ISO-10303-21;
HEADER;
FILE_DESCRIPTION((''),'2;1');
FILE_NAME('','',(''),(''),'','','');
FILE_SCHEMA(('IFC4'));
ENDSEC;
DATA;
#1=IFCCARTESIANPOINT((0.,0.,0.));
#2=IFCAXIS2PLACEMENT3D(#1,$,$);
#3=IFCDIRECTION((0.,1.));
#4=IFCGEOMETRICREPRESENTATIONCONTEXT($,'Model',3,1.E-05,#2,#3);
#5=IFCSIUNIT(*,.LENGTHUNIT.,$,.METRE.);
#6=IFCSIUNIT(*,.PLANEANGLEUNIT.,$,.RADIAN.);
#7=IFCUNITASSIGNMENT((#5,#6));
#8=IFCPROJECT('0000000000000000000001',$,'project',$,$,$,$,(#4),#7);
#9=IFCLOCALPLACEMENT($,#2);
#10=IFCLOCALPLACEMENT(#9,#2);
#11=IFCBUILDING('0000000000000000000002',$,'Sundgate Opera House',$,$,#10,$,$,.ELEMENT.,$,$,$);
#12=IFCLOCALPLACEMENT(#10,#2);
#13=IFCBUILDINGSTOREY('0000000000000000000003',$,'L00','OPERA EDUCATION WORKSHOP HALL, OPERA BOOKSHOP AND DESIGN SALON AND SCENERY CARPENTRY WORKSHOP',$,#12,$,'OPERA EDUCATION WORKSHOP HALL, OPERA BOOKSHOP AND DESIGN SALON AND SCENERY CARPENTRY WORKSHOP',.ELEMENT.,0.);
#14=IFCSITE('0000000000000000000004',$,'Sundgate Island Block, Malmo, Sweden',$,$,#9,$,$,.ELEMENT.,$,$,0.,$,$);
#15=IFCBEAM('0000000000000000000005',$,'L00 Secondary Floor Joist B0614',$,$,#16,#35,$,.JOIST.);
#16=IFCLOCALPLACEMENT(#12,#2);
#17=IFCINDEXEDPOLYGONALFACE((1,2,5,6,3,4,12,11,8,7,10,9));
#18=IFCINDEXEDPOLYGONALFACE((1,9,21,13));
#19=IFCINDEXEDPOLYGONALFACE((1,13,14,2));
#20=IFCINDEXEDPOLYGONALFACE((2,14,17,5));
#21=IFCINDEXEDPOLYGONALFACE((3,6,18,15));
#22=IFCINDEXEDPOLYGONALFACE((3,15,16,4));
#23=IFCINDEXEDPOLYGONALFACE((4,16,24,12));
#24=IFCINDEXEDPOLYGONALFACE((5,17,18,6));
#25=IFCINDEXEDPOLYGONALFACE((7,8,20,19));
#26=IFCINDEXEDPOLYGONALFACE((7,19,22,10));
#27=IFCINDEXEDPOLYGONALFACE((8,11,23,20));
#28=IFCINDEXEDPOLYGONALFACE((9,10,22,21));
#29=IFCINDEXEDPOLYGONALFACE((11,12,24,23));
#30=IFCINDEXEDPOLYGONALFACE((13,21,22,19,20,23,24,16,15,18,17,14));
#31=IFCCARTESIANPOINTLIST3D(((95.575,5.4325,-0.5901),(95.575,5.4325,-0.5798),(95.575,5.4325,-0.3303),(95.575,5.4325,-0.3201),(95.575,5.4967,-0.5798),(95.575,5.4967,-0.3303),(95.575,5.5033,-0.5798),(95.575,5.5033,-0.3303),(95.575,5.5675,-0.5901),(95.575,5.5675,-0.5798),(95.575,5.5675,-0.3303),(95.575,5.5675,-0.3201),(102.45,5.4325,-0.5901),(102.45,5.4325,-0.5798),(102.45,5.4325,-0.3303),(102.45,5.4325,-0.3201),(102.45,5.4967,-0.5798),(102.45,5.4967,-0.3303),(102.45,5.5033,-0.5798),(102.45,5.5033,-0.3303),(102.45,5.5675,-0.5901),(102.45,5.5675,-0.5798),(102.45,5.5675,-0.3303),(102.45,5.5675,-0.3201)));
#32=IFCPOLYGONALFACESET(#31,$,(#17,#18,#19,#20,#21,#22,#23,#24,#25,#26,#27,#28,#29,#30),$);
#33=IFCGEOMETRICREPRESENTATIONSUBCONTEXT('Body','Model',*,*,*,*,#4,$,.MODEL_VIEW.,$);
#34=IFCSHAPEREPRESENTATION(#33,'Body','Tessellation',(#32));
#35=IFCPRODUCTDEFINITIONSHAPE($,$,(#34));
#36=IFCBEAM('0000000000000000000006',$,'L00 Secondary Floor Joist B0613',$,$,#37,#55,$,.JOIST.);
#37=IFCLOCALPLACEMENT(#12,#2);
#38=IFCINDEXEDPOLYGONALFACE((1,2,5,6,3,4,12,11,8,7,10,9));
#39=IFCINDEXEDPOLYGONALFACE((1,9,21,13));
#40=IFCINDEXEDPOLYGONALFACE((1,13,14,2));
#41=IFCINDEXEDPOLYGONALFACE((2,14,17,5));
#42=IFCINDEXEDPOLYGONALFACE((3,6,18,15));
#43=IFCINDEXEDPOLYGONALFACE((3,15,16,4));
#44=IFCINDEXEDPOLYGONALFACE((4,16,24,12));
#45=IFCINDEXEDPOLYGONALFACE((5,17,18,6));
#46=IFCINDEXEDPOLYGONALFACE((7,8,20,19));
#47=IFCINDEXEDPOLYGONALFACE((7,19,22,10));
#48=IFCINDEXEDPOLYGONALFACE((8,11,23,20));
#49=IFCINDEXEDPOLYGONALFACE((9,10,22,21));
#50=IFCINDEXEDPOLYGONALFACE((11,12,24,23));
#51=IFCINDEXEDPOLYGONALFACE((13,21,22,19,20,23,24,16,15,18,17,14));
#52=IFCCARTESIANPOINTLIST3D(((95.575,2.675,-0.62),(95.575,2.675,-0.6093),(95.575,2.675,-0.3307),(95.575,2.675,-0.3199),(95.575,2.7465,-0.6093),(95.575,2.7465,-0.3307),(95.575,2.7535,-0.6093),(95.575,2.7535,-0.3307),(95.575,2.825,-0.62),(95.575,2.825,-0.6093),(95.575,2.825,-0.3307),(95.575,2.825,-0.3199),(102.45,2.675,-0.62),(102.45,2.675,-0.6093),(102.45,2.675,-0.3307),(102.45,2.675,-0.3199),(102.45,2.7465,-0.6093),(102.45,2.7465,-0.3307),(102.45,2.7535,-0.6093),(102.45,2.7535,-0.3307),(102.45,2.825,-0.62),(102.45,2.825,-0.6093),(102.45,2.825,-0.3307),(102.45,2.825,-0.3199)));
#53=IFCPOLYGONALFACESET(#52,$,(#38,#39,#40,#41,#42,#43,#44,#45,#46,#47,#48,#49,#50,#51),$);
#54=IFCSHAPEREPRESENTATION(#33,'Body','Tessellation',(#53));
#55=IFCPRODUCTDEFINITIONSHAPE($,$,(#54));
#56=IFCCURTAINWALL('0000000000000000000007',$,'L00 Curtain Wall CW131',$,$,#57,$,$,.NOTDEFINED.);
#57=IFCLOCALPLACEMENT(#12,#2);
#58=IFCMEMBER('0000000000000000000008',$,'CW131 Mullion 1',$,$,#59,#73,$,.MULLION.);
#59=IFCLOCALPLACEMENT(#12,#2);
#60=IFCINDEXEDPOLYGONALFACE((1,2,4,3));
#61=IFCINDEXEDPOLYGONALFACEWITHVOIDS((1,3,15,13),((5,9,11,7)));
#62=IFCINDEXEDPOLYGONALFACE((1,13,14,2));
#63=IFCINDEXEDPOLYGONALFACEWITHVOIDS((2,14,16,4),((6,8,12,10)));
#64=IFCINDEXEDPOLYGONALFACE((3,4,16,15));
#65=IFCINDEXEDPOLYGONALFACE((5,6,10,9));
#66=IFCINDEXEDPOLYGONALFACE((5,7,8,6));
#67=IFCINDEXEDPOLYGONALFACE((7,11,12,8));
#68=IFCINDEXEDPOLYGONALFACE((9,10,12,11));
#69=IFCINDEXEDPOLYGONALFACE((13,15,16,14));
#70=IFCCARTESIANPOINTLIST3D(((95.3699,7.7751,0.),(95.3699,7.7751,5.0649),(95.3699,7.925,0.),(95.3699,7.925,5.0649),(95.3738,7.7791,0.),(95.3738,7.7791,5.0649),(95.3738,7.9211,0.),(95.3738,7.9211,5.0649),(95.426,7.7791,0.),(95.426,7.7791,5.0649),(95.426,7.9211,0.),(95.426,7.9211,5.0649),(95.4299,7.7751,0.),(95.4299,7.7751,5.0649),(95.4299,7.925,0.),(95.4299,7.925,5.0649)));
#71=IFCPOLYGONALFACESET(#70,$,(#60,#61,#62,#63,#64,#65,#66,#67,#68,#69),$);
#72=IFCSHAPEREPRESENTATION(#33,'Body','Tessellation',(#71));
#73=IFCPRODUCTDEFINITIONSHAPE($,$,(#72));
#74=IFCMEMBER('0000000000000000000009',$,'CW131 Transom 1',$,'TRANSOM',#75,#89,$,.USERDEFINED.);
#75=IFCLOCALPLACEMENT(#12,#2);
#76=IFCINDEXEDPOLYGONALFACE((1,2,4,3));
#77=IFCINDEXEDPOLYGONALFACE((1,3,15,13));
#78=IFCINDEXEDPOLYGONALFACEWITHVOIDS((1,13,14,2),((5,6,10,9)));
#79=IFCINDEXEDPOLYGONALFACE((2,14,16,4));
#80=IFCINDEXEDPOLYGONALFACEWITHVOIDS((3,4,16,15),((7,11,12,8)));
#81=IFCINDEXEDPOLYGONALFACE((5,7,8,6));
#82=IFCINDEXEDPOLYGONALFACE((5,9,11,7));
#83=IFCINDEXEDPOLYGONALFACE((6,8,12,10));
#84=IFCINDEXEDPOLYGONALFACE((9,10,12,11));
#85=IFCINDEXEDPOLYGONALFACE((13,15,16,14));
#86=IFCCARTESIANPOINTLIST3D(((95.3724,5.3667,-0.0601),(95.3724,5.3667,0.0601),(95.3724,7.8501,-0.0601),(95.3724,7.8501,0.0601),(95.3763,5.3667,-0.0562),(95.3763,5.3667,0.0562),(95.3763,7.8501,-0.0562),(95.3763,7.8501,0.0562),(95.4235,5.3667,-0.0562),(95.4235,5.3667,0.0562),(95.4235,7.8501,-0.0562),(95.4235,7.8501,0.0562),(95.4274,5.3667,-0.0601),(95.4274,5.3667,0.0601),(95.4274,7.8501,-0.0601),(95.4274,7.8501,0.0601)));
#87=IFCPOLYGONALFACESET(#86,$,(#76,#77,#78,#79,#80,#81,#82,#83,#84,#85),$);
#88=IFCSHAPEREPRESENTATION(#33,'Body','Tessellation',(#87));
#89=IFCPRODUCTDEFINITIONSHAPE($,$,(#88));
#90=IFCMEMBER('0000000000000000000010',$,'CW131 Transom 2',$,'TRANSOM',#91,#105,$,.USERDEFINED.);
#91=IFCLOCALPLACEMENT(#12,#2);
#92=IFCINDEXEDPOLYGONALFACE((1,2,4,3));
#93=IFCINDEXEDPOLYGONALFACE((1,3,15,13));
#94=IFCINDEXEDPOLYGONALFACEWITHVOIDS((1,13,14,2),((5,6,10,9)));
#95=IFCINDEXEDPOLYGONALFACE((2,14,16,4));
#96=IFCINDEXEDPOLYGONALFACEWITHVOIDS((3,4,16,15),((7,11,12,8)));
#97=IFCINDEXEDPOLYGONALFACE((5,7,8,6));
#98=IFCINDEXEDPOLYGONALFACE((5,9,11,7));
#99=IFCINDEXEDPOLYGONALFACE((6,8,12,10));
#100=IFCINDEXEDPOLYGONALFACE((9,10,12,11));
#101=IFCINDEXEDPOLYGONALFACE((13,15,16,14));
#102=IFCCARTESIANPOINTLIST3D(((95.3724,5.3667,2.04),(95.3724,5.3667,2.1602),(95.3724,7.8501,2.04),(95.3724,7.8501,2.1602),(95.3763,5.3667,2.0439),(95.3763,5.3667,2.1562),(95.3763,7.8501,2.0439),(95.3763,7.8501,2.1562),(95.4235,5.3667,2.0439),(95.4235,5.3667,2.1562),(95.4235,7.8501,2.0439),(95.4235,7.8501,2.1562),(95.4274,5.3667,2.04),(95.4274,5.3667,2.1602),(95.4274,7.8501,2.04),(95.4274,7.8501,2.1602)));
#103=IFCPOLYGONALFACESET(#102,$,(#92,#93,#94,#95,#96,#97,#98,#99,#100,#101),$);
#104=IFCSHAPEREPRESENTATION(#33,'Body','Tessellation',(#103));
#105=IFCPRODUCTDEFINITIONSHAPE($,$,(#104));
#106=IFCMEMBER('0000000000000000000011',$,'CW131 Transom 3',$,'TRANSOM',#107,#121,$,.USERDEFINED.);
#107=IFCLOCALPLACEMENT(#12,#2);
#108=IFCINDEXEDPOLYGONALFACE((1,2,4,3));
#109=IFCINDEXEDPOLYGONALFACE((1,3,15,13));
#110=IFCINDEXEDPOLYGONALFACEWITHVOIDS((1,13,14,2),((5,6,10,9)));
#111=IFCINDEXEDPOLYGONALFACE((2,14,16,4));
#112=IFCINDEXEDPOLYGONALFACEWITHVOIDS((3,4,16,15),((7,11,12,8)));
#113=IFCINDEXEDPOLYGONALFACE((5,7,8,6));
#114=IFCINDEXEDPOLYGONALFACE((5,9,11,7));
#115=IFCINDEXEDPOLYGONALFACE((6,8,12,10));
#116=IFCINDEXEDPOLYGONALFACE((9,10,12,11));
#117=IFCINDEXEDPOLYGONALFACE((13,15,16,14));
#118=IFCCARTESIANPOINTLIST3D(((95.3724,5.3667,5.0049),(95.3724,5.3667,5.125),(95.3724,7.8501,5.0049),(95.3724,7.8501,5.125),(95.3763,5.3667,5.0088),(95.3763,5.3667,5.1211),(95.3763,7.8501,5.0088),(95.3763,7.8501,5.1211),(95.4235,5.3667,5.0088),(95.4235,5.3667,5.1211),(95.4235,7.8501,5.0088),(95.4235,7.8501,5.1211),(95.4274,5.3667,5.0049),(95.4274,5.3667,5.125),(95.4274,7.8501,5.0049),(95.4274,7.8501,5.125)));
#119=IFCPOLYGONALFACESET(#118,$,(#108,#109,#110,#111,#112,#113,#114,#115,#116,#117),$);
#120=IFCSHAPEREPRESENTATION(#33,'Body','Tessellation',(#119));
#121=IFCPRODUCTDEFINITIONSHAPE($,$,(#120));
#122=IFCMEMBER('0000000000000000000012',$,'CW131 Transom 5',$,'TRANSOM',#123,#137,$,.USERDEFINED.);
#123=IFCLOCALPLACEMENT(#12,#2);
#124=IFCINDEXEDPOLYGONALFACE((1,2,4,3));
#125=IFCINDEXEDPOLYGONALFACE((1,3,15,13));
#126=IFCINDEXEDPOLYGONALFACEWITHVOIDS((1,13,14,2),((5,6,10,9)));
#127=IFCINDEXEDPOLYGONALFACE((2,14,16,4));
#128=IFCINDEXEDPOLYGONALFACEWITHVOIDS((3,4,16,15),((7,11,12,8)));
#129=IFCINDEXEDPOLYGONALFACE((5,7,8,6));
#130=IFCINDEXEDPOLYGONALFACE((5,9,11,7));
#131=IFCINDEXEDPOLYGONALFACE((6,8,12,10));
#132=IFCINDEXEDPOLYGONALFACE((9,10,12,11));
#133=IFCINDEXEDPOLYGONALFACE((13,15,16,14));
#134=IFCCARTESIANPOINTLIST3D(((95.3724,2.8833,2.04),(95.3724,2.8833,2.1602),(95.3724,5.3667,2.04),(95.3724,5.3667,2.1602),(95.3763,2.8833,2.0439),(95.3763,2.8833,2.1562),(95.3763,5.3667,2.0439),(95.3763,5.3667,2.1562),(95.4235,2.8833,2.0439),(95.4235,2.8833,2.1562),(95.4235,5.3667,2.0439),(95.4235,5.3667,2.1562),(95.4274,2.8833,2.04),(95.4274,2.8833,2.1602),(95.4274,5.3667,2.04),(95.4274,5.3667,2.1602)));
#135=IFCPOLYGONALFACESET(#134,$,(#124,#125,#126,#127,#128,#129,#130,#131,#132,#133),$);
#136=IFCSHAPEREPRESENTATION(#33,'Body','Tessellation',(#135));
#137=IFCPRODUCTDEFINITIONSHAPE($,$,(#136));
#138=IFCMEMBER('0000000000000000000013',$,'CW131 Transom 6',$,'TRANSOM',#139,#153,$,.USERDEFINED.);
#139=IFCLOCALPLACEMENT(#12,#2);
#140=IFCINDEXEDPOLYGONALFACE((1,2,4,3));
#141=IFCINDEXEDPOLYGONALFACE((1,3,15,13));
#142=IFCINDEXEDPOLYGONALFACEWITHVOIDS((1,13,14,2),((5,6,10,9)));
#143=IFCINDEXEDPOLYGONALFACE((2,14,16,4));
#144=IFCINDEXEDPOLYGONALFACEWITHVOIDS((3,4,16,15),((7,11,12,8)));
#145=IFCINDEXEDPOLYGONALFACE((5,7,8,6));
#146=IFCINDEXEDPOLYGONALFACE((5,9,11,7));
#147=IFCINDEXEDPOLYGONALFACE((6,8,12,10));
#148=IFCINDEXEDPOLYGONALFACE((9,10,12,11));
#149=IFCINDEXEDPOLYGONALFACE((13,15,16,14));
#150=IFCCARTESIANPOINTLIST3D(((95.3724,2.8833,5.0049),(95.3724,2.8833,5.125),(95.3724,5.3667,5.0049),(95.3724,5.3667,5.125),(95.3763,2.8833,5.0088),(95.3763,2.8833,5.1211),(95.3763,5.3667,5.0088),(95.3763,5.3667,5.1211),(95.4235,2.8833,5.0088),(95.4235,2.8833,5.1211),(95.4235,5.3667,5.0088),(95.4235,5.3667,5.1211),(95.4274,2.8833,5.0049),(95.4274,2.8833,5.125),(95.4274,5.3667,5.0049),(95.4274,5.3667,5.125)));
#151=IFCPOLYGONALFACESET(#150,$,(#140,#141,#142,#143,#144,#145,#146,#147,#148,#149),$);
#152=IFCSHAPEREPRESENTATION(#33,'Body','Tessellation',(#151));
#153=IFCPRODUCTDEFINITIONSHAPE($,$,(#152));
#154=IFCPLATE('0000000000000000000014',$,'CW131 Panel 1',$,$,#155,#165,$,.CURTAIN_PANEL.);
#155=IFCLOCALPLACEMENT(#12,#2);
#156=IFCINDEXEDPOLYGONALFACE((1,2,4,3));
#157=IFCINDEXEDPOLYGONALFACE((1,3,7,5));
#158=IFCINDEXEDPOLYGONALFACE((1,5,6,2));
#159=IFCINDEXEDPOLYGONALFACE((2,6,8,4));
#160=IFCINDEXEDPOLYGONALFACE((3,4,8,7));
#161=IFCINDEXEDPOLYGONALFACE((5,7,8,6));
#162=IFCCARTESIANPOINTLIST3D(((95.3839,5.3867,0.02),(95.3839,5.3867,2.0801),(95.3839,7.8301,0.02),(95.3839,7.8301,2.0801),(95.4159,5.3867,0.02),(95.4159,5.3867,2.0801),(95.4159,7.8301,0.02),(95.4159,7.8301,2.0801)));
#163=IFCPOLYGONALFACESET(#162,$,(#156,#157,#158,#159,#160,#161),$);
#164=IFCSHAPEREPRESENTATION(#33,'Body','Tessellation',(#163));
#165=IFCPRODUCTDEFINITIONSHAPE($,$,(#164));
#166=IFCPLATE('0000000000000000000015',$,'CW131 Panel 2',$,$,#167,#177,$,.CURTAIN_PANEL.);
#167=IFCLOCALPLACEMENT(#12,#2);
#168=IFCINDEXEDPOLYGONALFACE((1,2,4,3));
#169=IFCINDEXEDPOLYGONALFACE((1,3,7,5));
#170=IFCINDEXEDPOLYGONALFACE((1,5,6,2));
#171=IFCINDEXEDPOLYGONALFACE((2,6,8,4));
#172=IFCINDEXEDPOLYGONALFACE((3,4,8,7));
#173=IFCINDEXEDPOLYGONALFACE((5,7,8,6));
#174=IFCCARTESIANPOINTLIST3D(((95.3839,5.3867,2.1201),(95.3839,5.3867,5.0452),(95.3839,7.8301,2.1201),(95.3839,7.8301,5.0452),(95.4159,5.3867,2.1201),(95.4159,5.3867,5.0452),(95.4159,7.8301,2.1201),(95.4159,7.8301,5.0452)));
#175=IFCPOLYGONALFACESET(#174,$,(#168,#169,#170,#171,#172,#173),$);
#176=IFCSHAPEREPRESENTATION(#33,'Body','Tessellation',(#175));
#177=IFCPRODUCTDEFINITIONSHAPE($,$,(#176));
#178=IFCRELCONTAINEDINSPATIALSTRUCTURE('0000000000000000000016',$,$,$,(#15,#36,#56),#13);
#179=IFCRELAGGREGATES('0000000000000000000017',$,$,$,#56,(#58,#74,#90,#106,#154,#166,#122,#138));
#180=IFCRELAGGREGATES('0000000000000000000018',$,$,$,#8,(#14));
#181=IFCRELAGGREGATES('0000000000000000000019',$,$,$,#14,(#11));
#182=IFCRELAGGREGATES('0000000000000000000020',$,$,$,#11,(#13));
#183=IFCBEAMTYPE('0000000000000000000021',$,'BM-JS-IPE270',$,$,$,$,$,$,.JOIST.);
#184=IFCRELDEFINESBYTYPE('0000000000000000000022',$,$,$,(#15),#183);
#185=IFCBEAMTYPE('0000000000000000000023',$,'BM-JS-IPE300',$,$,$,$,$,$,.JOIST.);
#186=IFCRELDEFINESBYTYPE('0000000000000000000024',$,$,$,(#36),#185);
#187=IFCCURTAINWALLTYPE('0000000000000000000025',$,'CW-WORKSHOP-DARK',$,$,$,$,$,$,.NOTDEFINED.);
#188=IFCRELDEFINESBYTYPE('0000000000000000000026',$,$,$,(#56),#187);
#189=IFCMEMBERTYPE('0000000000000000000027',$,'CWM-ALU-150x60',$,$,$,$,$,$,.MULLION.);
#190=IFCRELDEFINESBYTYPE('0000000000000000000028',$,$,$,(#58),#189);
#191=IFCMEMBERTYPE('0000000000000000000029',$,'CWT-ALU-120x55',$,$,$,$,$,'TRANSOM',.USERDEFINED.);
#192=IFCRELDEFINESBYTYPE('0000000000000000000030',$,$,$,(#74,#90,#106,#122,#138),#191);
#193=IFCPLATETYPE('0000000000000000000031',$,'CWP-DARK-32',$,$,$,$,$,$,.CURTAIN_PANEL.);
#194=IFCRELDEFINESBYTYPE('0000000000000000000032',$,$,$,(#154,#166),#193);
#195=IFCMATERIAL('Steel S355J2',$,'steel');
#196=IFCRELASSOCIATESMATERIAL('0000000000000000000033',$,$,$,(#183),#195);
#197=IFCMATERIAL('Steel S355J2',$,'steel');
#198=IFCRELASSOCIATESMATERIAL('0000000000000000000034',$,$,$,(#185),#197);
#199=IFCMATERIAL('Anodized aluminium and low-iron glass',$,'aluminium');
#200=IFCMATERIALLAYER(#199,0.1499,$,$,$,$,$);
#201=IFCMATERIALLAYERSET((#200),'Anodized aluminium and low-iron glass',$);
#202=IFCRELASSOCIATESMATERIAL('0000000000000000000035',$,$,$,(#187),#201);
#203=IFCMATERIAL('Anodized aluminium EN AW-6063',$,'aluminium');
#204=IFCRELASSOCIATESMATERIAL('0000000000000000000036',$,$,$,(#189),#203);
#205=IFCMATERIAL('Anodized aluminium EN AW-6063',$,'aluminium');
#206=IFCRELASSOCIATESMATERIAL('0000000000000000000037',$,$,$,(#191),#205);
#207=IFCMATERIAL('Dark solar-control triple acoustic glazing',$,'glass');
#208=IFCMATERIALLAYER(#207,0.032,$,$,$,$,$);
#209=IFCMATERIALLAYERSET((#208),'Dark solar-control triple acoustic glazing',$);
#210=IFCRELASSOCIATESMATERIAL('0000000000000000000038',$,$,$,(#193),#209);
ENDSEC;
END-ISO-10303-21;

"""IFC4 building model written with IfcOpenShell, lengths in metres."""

from ifc_helpers import new_model, si_unit, direction, frame, origin, origin_2d, place, context, subcontext, project, spatial, rectangle, hollow_rectangle, i_section, extrude, material, layer, layer_set, material_profile, profile_set, type_object, element, aggregate, save


model = new_model("IFC4")

# Units and contexts
model_context = context("Model", 3, precision=1e-05, world=origin(), true_north=direction((0.0, 1.0)))
body_context = subcontext(model_context, "Body", "Model", "MODEL_VIEW")
ifc_project = project(units=[si_unit("LENGTHUNIT", "METRE"), si_unit("PLANEANGLEUNIT", "RADIAN")], contexts=[model_context])

# Site, building, storey
site_placement = place(None, origin())
site = spatial("IfcSite", under=ifc_project, at=site_placement, Name="Sundgate Island Block, Malmo, Sweden", CompositionType="ELEMENT", RefElevation=0.0)
building_placement = place(site_placement, origin())
building = spatial("IfcBuilding", under=site, at=building_placement, Name="Sundgate Opera House", CompositionType="ELEMENT")
storey_placement = place(building_placement, origin())
storey = spatial("IfcBuildingStorey", under=building, at=storey_placement, Name="L00", Description="OPERA EDUCATION WORKSHOP HALL, OPERA BOOKSHOP AND DESIGN SALON AND SCENERY CARPENTRY WORKSHOP", LongName="OPERA EDUCATION WORKSHOP HALL, OPERA BOOKSHOP AND DESIGN SALON AND SCENERY CARPENTRY WORKSHOP", CompositionType="ELEMENT", Elevation=0.0)

# Beams
ifc_material_1 = material(Name="Steel S355J2", Category="steel")
ifc_material_profile_1 = material_profile(ifc_material_1, i_section(OverallWidth=0.135, OverallDepth=0.27, WebThickness=0.0066, FlangeThickness=0.0103, at=origin_2d()), Name="IPE 270")
ifc_profile_set_1 = profile_set([ifc_material_profile_1], Name="Steel S355J2")
beam_type_1 = type_object("IfcBeamType", Name="BM-JS-IPE270", PredefinedType="JOIST", material=ifc_profile_set_1)
beam_1_placement = place(storey_placement, frame((95.575, 5.5, -0.4551), z_axis=(1.0, 0.0, 0.0), x_axis=(0.0, 1.0, 0.0)))
element("IfcBeam", 1, at=beam_1_placement, inside=storey, type_object=beam_type_1, Name="L00 Secondary Floor Joist B0614", PredefinedType="JOIST", context=body_context, shape_type="SweptSolid", body=[
    extrude(i_section(OverallWidth=0.135, OverallDepth=0.27, WebThickness=0.0066, FlangeThickness=0.0103, at=origin_2d()), origin(), (0.0, 0.0, 1.0), 6.875),
])
ifc_material_2 = material(Name="Steel S355J2", Category="steel")
ifc_material_profile_2 = material_profile(ifc_material_2, i_section(OverallWidth=0.1499, OverallDepth=0.3, WebThickness=0.0071, FlangeThickness=0.0107, at=origin_2d()), Name="IPE 300")
ifc_profile_set_2 = profile_set([ifc_material_profile_2], Name="Steel S355J2")
beam_type_2 = type_object("IfcBeamType", Name="BM-JS-IPE300", PredefinedType="JOIST", material=ifc_profile_set_2)
beam_2_placement = place(storey_placement, frame((95.575, 2.75, -0.47), z_axis=(1.0, 0.0, 0.0), x_axis=(0.0, 1.0, 0.0)))
element("IfcBeam", 2, at=beam_2_placement, inside=storey, type_object=beam_type_2, Name="L00 Secondary Floor Joist B0613", PredefinedType="JOIST", context=body_context, shape_type="SweptSolid", body=[
    extrude(i_section(OverallWidth=0.1499, OverallDepth=0.3, WebThickness=0.0071, FlangeThickness=0.0107, at=origin_2d()), origin(), (0.0, 0.0, 1.0), 6.875),
])

# Curtain wall, members, plates
ifc_material_3 = material(Name="Anodized aluminium and low-iron glass", Category="aluminium")
ifc_layer_1 = layer(ifc_material_3, 0.1499)
ifc_layer_set_1 = layer_set([ifc_layer_1], Name="Anodized aluminium and low-iron glass")
curtain_wall_type = type_object("IfcCurtainWallType", Name="CW-WORKSHOP-DARK", PredefinedType="NOTDEFINED", material=ifc_layer_set_1)
curtain_wall_placement = place(storey_placement, origin())
curtain_wall = element("IfcCurtainWall", 3, at=curtain_wall_placement, inside=storey, type_object=curtain_wall_type, Name="L00 Curtain Wall CW131", PredefinedType="NOTDEFINED")
ifc_material_4 = material(Name="Anodized aluminium EN AW-6063", Category="aluminium")
ifc_material_profile_3 = material_profile(ifc_material_4, hollow_rectangle(XDim=0.0601, YDim=0.1499, WallThickness=0.0039, at=origin_2d()), Name="CWM 150x60x4")
ifc_profile_set_3 = profile_set([ifc_material_profile_3], Name="Anodized aluminium EN AW-6063")
member_type_1 = type_object("IfcMemberType", Name="CWM-ALU-150x60", PredefinedType="MULLION", material=ifc_profile_set_3)
member_1_placement = place(storey_placement, frame((95.3999, 7.8501, 0.0), z_axis=(0.0, 0.0, 1.0), x_axis=(1.0, 0.0, 0.0)))
member_1 = element("IfcMember", 4, at=member_1_placement, type_object=member_type_1, Name="CW131 Mullion 1", PredefinedType="MULLION", context=body_context, shape_type="SweptSolid", body=[
    extrude(hollow_rectangle(XDim=0.0601, YDim=0.1499, WallThickness=0.0039, at=origin_2d()), origin(), (0.0, 0.0, 1.0), 5.0649),
])
ifc_material_5 = material(Name="Anodized aluminium EN AW-6063", Category="aluminium")
ifc_material_profile_4 = material_profile(ifc_material_5, hollow_rectangle(XDim=0.0549, YDim=0.1201, WallThickness=0.0039, at=origin_2d()), Name="CWT 120x55x4")
ifc_profile_set_4 = profile_set([ifc_material_profile_4], Name="Anodized aluminium EN AW-6063")
member_type_2 = type_object("IfcMemberType", Name="CWT-ALU-120x55", ElementType="TRANSOM", PredefinedType="USERDEFINED", material=ifc_profile_set_4)
member_2_placement = place(storey_placement, frame((95.3999, 7.8501, 0.0), z_axis=(0.0, -1.0, 0.0), x_axis=(1.0, 0.0, 0.0)))
member_2 = element("IfcMember", 5, at=member_2_placement, type_object=member_type_2, Name="CW131 Transom 1", ObjectType="TRANSOM", PredefinedType="USERDEFINED", context=body_context, shape_type="SweptSolid", body=[
    extrude(hollow_rectangle(XDim=0.0549, YDim=0.1201, WallThickness=0.0039, at=origin_2d()), origin(), (0.0, 0.0, 1.0), 2.4834),
])
member_3_placement = place(storey_placement, frame((95.3999, 7.8501, 2.1001), z_axis=(0.0, -1.0, 0.0), x_axis=(1.0, 0.0, 0.0)))
member_3 = element("IfcMember", 6, at=member_3_placement, type_object=member_type_2, Name="CW131 Transom 2", ObjectType="TRANSOM", PredefinedType="USERDEFINED", context=body_context, shape_type="SweptSolid", body=[
    extrude(hollow_rectangle(XDim=0.0549, YDim=0.1201, WallThickness=0.0039, at=origin_2d()), origin(), (0.0, 0.0, 1.0), 2.4834),
])
member_4_placement = place(storey_placement, frame((95.3999, 7.8501, 5.0649), z_axis=(0.0, -1.0, 0.0), x_axis=(1.0, 0.0, 0.0)))
member_4 = element("IfcMember", 7, at=member_4_placement, type_object=member_type_2, Name="CW131 Transom 3", ObjectType="TRANSOM", PredefinedType="USERDEFINED", context=body_context, shape_type="SweptSolid", body=[
    extrude(hollow_rectangle(XDim=0.0549, YDim=0.1201, WallThickness=0.0039, at=origin_2d()), origin(), (0.0, 0.0, 1.0), 2.4834),
])
member_5_placement = place(storey_placement, frame((95.3999, 5.3667, 2.1001), z_axis=(0.0, -1.0, 0.0), x_axis=(1.0, 0.0, 0.0)))
member_5 = element("IfcMember", 8, at=member_5_placement, type_object=member_type_2, Name="CW131 Transom 5", ObjectType="TRANSOM", PredefinedType="USERDEFINED", context=body_context, shape_type="SweptSolid", body=[
    extrude(hollow_rectangle(XDim=0.0549, YDim=0.1201, WallThickness=0.0039, at=origin_2d()), origin(), (0.0, 0.0, 1.0), 2.4834),
])
member_6_placement = place(storey_placement, frame((95.3999, 5.3667, 5.0649), z_axis=(0.0, -1.0, 0.0), x_axis=(1.0, 0.0, 0.0)))
member_6 = element("IfcMember", 9, at=member_6_placement, type_object=member_type_2, Name="CW131 Transom 6", ObjectType="TRANSOM", PredefinedType="USERDEFINED", context=body_context, shape_type="SweptSolid", body=[
    extrude(hollow_rectangle(XDim=0.0549, YDim=0.1201, WallThickness=0.0039, at=origin_2d()), origin(), (0.0, 0.0, 1.0), 2.4834),
])
ifc_material_6 = material(Name="Dark solar-control triple acoustic glazing", Category="glass")
ifc_layer_2 = layer(ifc_material_6, 0.032)
ifc_layer_set_2 = layer_set([ifc_layer_2], Name="Dark solar-control triple acoustic glazing")
plate_type_1 = type_object("IfcPlateType", Name="CWP-DARK-32", PredefinedType="CURTAIN_PANEL", material=ifc_layer_set_2)
plate_1_placement = place(storey_placement, frame((95.3999, 6.6084, 0.02), z_axis=(0.0, 0.0, 1.0), x_axis=(0.0, -1.0, 0.0)))
plate_1 = element("IfcPlate", 10, at=plate_1_placement, type_object=plate_type_1, Name="CW131 Panel 1", PredefinedType="CURTAIN_PANEL", context=body_context, shape_type="SweptSolid", body=[
    extrude(rectangle(XDim=2.4434, YDim=0.032, at=origin_2d()), origin(), (0.0, 0.0, 1.0), 2.0601),
])
plate_2_placement = place(storey_placement, frame((95.3999, 6.6084, 2.1201), z_axis=(0.0, 0.0, 1.0), x_axis=(0.0, -1.0, 0.0)))
plate_2 = element("IfcPlate", 11, at=plate_2_placement, type_object=plate_type_1, Name="CW131 Panel 2", PredefinedType="CURTAIN_PANEL", context=body_context, shape_type="SweptSolid", body=[
    extrude(rectangle(XDim=2.4434, YDim=0.032, at=origin_2d()), origin(), (0.0, 0.0, 1.0), 2.925),
])
aggregate(curtain_wall, [member_1, member_2, member_3, member_4, plate_1, plate_2, member_5, member_6])

save(model, "model.ifc")
